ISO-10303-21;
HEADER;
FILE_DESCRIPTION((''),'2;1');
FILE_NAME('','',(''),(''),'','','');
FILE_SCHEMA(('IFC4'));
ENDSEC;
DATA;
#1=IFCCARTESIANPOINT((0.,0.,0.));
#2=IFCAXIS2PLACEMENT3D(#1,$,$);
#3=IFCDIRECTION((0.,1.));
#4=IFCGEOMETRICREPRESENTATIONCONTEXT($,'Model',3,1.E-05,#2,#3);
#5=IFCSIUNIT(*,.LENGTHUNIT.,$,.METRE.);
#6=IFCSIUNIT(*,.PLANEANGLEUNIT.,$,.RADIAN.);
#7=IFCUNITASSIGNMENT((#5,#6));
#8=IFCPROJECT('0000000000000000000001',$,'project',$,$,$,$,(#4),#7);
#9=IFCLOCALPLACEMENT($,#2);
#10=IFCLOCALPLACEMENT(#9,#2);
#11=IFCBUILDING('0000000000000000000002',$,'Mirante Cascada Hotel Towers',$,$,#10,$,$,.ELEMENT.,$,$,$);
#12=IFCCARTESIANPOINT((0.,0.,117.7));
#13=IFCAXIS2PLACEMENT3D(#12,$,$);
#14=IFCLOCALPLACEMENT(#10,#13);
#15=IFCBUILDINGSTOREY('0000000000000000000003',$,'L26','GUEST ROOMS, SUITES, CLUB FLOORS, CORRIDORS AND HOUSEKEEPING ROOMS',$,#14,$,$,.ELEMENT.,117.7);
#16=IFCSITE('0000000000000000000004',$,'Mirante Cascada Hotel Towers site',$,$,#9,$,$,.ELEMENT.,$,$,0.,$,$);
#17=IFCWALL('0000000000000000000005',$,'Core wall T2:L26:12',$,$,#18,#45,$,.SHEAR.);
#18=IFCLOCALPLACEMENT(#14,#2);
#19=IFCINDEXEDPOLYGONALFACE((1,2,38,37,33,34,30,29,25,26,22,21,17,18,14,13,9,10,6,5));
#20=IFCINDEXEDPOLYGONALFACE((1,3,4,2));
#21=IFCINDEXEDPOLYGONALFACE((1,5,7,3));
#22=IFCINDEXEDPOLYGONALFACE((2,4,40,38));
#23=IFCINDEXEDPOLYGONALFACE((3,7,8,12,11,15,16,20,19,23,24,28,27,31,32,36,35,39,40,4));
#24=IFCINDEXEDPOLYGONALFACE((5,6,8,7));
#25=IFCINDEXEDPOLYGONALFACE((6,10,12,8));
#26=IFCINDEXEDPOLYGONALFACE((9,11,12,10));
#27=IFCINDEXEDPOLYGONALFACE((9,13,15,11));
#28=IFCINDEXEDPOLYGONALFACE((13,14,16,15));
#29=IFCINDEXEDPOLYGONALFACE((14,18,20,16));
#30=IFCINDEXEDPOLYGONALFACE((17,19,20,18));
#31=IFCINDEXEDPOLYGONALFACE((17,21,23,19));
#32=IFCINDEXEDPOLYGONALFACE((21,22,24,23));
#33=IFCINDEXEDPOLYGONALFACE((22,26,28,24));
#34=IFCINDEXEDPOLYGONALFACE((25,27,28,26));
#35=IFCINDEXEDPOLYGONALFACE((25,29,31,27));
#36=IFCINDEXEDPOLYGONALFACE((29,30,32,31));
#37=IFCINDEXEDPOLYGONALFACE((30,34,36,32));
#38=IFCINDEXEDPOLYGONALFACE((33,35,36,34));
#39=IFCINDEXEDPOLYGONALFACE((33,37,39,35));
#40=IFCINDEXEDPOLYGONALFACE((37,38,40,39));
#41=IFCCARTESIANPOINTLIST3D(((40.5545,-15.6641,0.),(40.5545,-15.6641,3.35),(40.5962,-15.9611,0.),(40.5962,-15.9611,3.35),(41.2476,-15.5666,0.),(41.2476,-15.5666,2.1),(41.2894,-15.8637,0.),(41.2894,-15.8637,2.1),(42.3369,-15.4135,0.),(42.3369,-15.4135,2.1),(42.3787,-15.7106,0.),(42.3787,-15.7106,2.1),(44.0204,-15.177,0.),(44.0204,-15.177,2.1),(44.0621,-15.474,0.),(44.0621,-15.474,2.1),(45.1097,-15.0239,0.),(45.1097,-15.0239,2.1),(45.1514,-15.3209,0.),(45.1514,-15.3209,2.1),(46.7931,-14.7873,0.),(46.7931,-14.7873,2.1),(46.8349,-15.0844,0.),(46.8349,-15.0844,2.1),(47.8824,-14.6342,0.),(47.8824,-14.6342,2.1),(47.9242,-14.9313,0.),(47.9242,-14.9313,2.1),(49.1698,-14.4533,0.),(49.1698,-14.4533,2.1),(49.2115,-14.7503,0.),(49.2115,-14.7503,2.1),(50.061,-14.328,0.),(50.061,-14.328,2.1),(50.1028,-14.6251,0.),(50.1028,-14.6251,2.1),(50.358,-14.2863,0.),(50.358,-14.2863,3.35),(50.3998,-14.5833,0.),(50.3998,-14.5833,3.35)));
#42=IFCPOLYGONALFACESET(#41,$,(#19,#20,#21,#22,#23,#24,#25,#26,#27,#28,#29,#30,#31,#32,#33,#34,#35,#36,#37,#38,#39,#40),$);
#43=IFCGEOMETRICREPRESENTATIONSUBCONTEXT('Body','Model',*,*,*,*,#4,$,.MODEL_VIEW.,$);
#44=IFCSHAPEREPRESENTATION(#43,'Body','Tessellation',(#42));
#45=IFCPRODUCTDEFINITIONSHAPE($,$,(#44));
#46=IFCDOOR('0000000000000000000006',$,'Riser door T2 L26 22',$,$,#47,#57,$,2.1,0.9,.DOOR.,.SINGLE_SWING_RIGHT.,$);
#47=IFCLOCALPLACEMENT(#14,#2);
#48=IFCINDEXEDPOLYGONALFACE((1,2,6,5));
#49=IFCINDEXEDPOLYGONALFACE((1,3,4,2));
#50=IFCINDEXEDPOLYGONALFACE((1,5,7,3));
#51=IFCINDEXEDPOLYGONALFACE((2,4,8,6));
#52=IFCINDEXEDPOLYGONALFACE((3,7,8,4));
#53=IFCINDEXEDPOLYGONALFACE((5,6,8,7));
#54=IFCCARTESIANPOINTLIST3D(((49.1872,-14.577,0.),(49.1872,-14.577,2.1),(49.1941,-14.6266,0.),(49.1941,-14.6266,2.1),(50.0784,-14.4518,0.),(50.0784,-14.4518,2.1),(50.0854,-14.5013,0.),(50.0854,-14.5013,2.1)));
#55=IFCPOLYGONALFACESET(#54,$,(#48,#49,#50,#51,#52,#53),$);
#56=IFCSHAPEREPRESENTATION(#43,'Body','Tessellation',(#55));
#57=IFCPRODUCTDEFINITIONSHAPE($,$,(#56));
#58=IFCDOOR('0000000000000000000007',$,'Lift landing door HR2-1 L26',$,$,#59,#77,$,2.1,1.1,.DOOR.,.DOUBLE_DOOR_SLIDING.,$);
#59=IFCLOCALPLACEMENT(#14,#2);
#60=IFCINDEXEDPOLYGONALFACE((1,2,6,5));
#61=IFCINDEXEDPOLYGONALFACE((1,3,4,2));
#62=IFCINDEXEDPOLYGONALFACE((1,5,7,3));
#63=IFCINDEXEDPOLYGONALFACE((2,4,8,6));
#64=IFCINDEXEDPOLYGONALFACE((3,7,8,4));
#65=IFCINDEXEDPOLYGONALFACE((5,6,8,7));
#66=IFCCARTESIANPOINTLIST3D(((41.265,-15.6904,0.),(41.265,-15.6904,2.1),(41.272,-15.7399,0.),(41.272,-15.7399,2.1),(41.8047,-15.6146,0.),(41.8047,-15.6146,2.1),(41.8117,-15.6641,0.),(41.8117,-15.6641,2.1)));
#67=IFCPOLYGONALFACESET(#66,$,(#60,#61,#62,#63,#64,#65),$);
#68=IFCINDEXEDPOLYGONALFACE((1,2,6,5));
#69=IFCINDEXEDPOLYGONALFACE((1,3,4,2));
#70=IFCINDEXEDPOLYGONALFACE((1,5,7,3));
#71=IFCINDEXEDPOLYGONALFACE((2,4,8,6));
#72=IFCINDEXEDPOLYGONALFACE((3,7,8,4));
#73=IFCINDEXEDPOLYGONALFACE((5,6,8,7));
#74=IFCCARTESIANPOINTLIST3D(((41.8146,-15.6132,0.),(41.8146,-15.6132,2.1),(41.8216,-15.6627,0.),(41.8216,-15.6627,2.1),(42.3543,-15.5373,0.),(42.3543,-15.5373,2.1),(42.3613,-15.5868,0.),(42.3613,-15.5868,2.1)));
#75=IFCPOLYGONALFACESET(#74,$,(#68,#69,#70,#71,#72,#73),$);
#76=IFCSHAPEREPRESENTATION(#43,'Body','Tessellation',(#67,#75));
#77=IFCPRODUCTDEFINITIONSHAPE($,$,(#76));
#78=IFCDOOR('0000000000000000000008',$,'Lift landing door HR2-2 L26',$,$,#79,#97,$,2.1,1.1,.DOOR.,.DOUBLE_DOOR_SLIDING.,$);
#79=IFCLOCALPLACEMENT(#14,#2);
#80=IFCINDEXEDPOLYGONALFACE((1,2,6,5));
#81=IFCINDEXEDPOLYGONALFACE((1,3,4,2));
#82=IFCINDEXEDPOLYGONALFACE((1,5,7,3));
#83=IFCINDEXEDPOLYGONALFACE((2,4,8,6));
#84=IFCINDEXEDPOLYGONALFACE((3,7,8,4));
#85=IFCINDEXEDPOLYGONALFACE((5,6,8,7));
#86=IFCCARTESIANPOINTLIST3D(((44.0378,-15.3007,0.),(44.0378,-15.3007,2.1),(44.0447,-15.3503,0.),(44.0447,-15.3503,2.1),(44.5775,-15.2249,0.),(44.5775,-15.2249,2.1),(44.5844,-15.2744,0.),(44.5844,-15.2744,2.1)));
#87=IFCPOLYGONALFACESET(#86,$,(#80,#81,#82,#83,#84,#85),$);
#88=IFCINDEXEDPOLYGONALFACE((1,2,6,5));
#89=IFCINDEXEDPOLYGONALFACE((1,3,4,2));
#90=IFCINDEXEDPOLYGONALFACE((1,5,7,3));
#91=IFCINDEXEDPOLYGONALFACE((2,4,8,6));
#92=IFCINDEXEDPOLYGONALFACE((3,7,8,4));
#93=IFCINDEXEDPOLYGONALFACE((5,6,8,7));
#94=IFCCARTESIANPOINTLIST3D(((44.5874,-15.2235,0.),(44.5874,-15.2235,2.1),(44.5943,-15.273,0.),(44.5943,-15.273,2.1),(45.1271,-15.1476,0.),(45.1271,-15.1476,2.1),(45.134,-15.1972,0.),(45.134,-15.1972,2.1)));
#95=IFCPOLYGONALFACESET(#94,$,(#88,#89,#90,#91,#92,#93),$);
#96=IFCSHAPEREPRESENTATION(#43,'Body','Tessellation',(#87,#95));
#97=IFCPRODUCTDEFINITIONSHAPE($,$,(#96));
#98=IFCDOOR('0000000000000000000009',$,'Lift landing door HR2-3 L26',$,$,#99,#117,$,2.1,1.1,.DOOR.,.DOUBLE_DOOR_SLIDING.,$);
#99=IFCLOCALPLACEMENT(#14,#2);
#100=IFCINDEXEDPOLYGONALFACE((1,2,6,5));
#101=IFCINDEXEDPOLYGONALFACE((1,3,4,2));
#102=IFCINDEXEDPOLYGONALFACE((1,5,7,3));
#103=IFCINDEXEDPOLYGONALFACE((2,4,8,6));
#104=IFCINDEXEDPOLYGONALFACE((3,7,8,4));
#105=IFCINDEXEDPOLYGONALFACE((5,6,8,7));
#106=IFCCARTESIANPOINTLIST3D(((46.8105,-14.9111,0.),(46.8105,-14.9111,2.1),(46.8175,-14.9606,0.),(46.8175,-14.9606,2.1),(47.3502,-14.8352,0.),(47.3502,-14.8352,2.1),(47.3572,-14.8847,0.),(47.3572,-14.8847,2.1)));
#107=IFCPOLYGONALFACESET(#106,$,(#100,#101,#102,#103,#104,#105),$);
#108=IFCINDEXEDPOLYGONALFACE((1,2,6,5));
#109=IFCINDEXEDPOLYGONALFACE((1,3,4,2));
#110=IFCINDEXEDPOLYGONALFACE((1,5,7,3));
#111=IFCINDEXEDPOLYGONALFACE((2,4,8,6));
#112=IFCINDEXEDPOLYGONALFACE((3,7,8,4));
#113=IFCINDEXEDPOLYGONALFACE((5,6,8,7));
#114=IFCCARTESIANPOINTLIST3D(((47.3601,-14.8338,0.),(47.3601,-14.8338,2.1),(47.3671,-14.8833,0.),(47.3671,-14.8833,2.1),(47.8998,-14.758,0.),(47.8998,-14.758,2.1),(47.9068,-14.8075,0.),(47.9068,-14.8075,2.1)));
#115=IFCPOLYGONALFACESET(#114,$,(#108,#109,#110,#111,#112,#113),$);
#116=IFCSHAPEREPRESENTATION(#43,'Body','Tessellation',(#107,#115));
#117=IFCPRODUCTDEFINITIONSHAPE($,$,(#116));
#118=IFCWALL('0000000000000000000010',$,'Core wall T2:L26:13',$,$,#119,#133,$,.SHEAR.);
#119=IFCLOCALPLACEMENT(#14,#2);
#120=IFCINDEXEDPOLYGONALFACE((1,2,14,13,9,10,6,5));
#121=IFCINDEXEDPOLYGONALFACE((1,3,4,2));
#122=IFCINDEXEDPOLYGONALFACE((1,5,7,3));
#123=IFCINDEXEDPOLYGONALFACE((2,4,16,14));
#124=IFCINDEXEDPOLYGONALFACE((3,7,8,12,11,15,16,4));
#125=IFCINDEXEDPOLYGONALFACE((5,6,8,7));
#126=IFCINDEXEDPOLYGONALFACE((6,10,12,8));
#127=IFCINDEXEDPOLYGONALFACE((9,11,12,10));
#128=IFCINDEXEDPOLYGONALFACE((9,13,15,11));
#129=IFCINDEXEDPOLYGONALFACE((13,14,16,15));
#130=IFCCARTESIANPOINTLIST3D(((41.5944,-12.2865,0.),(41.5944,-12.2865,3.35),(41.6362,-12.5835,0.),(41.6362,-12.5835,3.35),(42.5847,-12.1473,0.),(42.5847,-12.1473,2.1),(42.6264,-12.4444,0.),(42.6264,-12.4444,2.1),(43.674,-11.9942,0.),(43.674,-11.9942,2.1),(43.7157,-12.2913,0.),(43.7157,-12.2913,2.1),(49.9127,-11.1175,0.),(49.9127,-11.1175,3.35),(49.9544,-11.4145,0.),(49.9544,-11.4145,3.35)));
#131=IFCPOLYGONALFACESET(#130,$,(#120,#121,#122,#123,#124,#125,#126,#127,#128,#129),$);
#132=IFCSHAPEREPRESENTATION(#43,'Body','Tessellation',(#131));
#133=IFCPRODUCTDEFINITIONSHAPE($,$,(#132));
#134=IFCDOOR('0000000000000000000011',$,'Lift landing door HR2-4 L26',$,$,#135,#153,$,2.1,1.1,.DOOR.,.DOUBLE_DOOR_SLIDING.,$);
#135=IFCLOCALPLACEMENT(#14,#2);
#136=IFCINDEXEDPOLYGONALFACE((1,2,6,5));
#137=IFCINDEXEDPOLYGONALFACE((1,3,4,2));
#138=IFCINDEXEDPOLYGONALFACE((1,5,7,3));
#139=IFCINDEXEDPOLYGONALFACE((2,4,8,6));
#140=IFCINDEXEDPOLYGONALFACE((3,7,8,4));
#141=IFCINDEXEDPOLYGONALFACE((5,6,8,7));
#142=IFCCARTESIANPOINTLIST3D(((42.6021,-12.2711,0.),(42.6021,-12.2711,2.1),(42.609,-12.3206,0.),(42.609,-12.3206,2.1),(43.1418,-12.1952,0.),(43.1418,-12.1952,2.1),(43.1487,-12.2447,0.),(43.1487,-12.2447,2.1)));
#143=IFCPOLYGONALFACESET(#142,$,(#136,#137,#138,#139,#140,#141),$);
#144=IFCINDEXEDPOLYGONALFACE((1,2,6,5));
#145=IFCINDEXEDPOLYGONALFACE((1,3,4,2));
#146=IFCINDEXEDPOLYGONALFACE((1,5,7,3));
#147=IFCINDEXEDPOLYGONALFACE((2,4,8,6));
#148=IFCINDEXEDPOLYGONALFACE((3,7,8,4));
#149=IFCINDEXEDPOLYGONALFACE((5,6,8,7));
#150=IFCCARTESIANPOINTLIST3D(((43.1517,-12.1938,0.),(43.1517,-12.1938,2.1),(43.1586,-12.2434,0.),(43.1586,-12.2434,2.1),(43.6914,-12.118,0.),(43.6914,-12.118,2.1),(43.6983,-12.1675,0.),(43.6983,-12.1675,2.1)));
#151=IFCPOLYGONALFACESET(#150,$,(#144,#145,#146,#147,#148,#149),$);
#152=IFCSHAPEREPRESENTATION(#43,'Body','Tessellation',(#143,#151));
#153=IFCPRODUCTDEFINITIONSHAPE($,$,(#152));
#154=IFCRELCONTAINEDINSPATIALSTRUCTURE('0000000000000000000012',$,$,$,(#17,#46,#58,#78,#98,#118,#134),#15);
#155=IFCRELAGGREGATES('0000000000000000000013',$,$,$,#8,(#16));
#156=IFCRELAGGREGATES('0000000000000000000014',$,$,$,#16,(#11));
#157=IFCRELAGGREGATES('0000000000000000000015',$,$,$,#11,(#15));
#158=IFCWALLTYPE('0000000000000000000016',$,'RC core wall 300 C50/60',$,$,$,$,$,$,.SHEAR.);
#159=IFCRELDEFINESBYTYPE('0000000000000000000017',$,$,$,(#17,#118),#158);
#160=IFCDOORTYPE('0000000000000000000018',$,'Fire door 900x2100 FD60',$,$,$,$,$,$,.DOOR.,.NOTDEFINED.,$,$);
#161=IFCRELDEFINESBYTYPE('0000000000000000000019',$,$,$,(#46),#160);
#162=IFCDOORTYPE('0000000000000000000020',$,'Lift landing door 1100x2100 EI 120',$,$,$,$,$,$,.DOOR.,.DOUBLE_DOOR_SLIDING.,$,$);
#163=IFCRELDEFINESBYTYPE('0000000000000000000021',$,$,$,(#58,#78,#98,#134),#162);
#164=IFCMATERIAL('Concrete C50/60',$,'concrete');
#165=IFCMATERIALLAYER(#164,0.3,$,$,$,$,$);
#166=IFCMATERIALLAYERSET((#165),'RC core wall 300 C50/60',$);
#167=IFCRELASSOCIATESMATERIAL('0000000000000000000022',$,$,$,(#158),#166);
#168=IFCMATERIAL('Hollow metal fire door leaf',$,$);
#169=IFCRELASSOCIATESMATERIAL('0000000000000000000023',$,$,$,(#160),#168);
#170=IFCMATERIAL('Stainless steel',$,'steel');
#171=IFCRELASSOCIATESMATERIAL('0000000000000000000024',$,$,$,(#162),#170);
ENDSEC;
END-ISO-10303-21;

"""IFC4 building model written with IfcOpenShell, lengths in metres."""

from ifc_helpers import new_model, si_unit, direction, frame, frame_2d, origin, place, context, subcontext, project, spatial, rectangle, extrude, material, layer, layer_set, type_object, element, fill, save


model = new_model("IFC4")

# Units and contexts
model_context = context("Model", 3, precision=1e-05, world=origin(), true_north=direction((0.0, 1.0)))
body_context = subcontext(model_context, "Body", "Model", "MODEL_VIEW")
ifc_project = project(units=[si_unit("LENGTHUNIT", "METRE"), si_unit("PLANEANGLEUNIT", "RADIAN")], contexts=[model_context])

# Site, building, storey
site_placement = place(None, origin())
site = spatial("IfcSite", under=ifc_project, at=site_placement, Name="Mirante Cascada Hotel Towers site", CompositionType="ELEMENT", RefElevation=0.0)
building_placement = place(site_placement, origin())
building = spatial("IfcBuilding", under=site, at=building_placement, Name="Mirante Cascada Hotel Towers", CompositionType="ELEMENT")
storey_placement = place(building_placement, frame((0.0, 0.0, 117.7)))
storey = spatial("IfcBuildingStorey", under=building, at=storey_placement, Name="L26", Description="GUEST ROOMS, SUITES, CLUB FLOORS, CORRIDORS AND HOUSEKEEPING ROOMS", CompositionType="ELEMENT", Elevation=117.7)

# Shared definitions
ifc_material_1 = material(Name="Concrete C50/60", Category="concrete")
ifc_layer_1 = layer(ifc_material_1, 0.3)
ifc_layer_set_1 = layer_set([ifc_layer_1], Name="RC core wall 300 C50/60")
wall_type_1 = type_object("IfcWallType", Name="RC core wall 300 C50/60", PredefinedType="SHEAR", material=ifc_layer_set_1)

# Wall, openings, doors
wall_1_placement = place(storey_placement, frame((40.5753, -15.8126, 0.0), z_axis=(0.0, 0.0, 1.0), x_axis=(0.990268, 0.139173, 0.0)))
wall_1 = element("IfcWall", 1, at=wall_1_placement, inside=storey, type_object=wall_type_1, Name="Core wall T2:L26:12", PredefinedType="SHEAR", context=body_context, shape_type="SweptSolid", body=[
    extrude(rectangle(XDim=9.8999, YDim=0.3, at=frame_2d((4.95, 0.0))), origin(), (0.0, 0.0, 1.0), 3.35),
])
opening_1_placement = place(wall_1_placement, frame((0.7, 0.0, 0.0)))
opening_1 = element("IfcOpeningElement", 2, at=opening_1_placement, cuts=wall_1, PredefinedType="OPENING", context=body_context, shape_type="SweptSolid", body=[
    extrude(rectangle(XDim=1.1, YDim=2.1, at=frame_2d((0.55, 1.05))), frame((0.0, 0.15, 0.0), z_axis=(0.0, -1.0, 0.0), x_axis=(1.0, 0.0, 0.0)), (0.0, 0.0, 1.0), 0.3),
])
opening_2_placement = place(wall_1_placement, frame((3.5, 0.0, 0.0)))
opening_2 = element("IfcOpeningElement", 3, at=opening_2_placement, cuts=wall_1, PredefinedType="OPENING", context=body_context, shape_type="SweptSolid", body=[
    extrude(rectangle(XDim=1.1, YDim=2.1, at=frame_2d((0.55, 1.05))), frame((0.0, 0.15, 0.0), z_axis=(0.0, -1.0, 0.0), x_axis=(1.0, 0.0, 0.0)), (0.0, 0.0, 1.0), 0.3),
])
opening_3_placement = place(wall_1_placement, frame((6.3, 0.0, 0.0)))
opening_3 = element("IfcOpeningElement", 4, at=opening_3_placement, cuts=wall_1, PredefinedType="OPENING", context=body_context, shape_type="SweptSolid", body=[
    extrude(rectangle(XDim=1.1, YDim=2.1, at=frame_2d((0.55, 1.05))), frame((0.0, 0.15, 0.0), z_axis=(0.0, -1.0, 0.0), x_axis=(1.0, 0.0, 0.0)), (0.0, 0.0, 1.0), 0.3),
])
opening_4_placement = place(wall_1_placement, frame((8.7, 0.0, 0.0)))
opening_4 = element("IfcOpeningElement", 5, at=opening_4_placement, cuts=wall_1, PredefinedType="OPENING", context=body_context, shape_type="SweptSolid", body=[
    extrude(rectangle(XDim=0.9, YDim=2.1, at=frame_2d((0.45, 1.05))), frame((0.0, 0.15, 0.0), z_axis=(0.0, -1.0, 0.0), x_axis=(1.0, 0.0, 0.0)), (0.0, 0.0, 1.0), 0.3),
])
ifc_material_2 = material(Name="Hollow metal fire door leaf")
door_type_1 = type_object("IfcDoorType", Name="Fire door 900x2100 FD60", OperationType="NOTDEFINED", PredefinedType="DOOR", material=ifc_material_2)
door_1_placement = place(opening_4_placement, frame((0.9, 0.0, 0.0), z_axis=(0.0, 0.0, 1.0), x_axis=(-1.0, 0.0, 0.0)))
door_1 = element("IfcDoor", 6, at=door_1_placement, inside=storey, type_object=door_type_1, Name="Riser door T2 L26 22", OperationType="SINGLE_SWING_RIGHT", OverallHeight=2.1, OverallWidth=0.9, PredefinedType="DOOR", context=body_context, shape_type="SweptSolid", body=[
    extrude(rectangle(XDim=0.9, YDim=2.1, at=frame_2d((0.45, 1.05))), frame((0.0, 0.025, 0.0), z_axis=(0.0, -1.0, 0.0), x_axis=(1.0, 0.0, 0.0)), (0.0, 0.0, 1.0), 0.05),
])
fill(opening_4, door_1)
ifc_material_3 = material(Name="Stainless steel", Category="steel")
door_type_2 = type_object("IfcDoorType", Name="Lift landing door 1100x2100 EI 120", OperationType="DOUBLE_DOOR_SLIDING", PredefinedType="DOOR", material=ifc_material_3)
door_2_placement = place(opening_1_placement, origin())
door_2 = element("IfcDoor", 7, at=door_2_placement, inside=storey, type_object=door_type_2, Name="Lift landing door HR2-1 L26", OperationType="DOUBLE_DOOR_SLIDING", OverallHeight=2.1, OverallWidth=1.1, PredefinedType="DOOR", context=body_context, shape_type="SweptSolid", body=[
    extrude(rectangle(XDim=0.545, YDim=2.1, at=frame_2d((0.2725, 1.05))), frame((0.0, 0.025, 0.0), z_axis=(0.0, -1.0, 0.0), x_axis=(1.0, 0.0, 0.0)), (0.0, 0.0, 1.0), 0.05),
    extrude(rectangle(XDim=0.545, YDim=2.1, at=frame_2d((0.8275, 1.05))), frame((0.0, 0.025, 0.0), z_axis=(0.0, -1.0, 0.0), x_axis=(1.0, 0.0, 0.0)), (0.0, 0.0, 1.0), 0.05),
])
fill(opening_1, door_2)
door_3_placement = place(opening_2_placement, origin())
door_3 = element("IfcDoor", 8, at=door_3_placement, inside=storey, type_object=door_type_2, Name="Lift landing door HR2-2 L26", OperationType="DOUBLE_DOOR_SLIDING", OverallHeight=2.1, OverallWidth=1.1, PredefinedType="DOOR", context=body_context, shape_type="SweptSolid", body=[
    extrude(rectangle(XDim=0.545, YDim=2.1, at=frame_2d((0.2725, 1.05))), frame((0.0, 0.025, 0.0), z_axis=(0.0, -1.0, 0.0), x_axis=(1.0, 0.0, 0.0)), (0.0, 0.0, 1.0), 0.05),
    extrude(rectangle(XDim=0.545, YDim=2.1, at=frame_2d((0.8275, 1.05))), frame((0.0, 0.025, 0.0), z_axis=(0.0, -1.0, 0.0), x_axis=(1.0, 0.0, 0.0)), (0.0, 0.0, 1.0), 0.05),
])
fill(opening_2, door_3)
door_4_placement = place(opening_3_placement, origin())
door_4 = element("IfcDoor", 9, at=door_4_placement, inside=storey, type_object=door_type_2, Name="Lift landing door HR2-3 L26", OperationType="DOUBLE_DOOR_SLIDING", OverallHeight=2.1, OverallWidth=1.1, PredefinedType="DOOR", context=body_context, shape_type="SweptSolid", body=[
    extrude(rectangle(XDim=0.545, YDim=2.1, at=frame_2d((0.2725, 1.05))), frame((0.0, 0.025, 0.0), z_axis=(0.0, -1.0, 0.0), x_axis=(1.0, 0.0, 0.0)), (0.0, 0.0, 1.0), 0.05),
    extrude(rectangle(XDim=0.545, YDim=2.1, at=frame_2d((0.8275, 1.05))), frame((0.0, 0.025, 0.0), z_axis=(0.0, -1.0, 0.0), x_axis=(1.0, 0.0, 0.0)), (0.0, 0.0, 1.0), 0.05),
])
fill(opening_3, door_4)

# Wall, opening, door
wall_2_placement = place(storey_placement, frame((41.6153, -12.435, 0.0), z_axis=(0.0, 0.0, 1.0), x_axis=(0.990269, 0.139166, 0.0)))
wall_2 = element("IfcWall", 10, at=wall_2_placement, inside=storey, type_object=wall_type_1, Name="Core wall T2:L26:13", PredefinedType="SHEAR", context=body_context, shape_type="SweptSolid", body=[
    extrude(rectangle(XDim=8.4, YDim=0.3, at=frame_2d((4.2, 0.0))), origin(), (0.0, 0.0, 1.0), 3.35),
])
opening_5_placement = place(wall_2_placement, frame((1.0, 0.0, 0.0)))
opening_5 = element("IfcOpeningElement", 11, at=opening_5_placement, cuts=wall_2, PredefinedType="OPENING", context=body_context, shape_type="SweptSolid", body=[
    extrude(rectangle(XDim=1.1, YDim=2.1, at=frame_2d((0.55, 1.05))), frame((0.0, 0.15, 0.0), z_axis=(0.0, -1.0, 0.0), x_axis=(1.0, 0.0, 0.0)), (0.0, 0.0, 1.0), 0.3),
])
door_5_placement = place(opening_5_placement, origin())
door_5 = element("IfcDoor", 12, at=door_5_placement, inside=storey, type_object=door_type_2, Name="Lift landing door HR2-4 L26", OperationType="DOUBLE_DOOR_SLIDING", OverallHeight=2.1, OverallWidth=1.1, PredefinedType="DOOR", context=body_context, shape_type="SweptSolid", body=[
    extrude(rectangle(XDim=0.545, YDim=2.1, at=frame_2d((0.2725, 1.05))), frame((0.0, 0.025, 0.0), z_axis=(0.0, -1.0, 0.0), x_axis=(1.0, 0.0, 0.0)), (0.0, 0.0, 1.0), 0.05),
    extrude(rectangle(XDim=0.545, YDim=2.1, at=frame_2d((0.8275, 1.05))), frame((0.0, 0.025, 0.0), z_axis=(0.0, -1.0, 0.0), x_axis=(1.0, 0.0, 0.0)), (0.0, 0.0, 1.0), 0.05),
])
fill(opening_5, door_5)

save(model, "model.ifc")
